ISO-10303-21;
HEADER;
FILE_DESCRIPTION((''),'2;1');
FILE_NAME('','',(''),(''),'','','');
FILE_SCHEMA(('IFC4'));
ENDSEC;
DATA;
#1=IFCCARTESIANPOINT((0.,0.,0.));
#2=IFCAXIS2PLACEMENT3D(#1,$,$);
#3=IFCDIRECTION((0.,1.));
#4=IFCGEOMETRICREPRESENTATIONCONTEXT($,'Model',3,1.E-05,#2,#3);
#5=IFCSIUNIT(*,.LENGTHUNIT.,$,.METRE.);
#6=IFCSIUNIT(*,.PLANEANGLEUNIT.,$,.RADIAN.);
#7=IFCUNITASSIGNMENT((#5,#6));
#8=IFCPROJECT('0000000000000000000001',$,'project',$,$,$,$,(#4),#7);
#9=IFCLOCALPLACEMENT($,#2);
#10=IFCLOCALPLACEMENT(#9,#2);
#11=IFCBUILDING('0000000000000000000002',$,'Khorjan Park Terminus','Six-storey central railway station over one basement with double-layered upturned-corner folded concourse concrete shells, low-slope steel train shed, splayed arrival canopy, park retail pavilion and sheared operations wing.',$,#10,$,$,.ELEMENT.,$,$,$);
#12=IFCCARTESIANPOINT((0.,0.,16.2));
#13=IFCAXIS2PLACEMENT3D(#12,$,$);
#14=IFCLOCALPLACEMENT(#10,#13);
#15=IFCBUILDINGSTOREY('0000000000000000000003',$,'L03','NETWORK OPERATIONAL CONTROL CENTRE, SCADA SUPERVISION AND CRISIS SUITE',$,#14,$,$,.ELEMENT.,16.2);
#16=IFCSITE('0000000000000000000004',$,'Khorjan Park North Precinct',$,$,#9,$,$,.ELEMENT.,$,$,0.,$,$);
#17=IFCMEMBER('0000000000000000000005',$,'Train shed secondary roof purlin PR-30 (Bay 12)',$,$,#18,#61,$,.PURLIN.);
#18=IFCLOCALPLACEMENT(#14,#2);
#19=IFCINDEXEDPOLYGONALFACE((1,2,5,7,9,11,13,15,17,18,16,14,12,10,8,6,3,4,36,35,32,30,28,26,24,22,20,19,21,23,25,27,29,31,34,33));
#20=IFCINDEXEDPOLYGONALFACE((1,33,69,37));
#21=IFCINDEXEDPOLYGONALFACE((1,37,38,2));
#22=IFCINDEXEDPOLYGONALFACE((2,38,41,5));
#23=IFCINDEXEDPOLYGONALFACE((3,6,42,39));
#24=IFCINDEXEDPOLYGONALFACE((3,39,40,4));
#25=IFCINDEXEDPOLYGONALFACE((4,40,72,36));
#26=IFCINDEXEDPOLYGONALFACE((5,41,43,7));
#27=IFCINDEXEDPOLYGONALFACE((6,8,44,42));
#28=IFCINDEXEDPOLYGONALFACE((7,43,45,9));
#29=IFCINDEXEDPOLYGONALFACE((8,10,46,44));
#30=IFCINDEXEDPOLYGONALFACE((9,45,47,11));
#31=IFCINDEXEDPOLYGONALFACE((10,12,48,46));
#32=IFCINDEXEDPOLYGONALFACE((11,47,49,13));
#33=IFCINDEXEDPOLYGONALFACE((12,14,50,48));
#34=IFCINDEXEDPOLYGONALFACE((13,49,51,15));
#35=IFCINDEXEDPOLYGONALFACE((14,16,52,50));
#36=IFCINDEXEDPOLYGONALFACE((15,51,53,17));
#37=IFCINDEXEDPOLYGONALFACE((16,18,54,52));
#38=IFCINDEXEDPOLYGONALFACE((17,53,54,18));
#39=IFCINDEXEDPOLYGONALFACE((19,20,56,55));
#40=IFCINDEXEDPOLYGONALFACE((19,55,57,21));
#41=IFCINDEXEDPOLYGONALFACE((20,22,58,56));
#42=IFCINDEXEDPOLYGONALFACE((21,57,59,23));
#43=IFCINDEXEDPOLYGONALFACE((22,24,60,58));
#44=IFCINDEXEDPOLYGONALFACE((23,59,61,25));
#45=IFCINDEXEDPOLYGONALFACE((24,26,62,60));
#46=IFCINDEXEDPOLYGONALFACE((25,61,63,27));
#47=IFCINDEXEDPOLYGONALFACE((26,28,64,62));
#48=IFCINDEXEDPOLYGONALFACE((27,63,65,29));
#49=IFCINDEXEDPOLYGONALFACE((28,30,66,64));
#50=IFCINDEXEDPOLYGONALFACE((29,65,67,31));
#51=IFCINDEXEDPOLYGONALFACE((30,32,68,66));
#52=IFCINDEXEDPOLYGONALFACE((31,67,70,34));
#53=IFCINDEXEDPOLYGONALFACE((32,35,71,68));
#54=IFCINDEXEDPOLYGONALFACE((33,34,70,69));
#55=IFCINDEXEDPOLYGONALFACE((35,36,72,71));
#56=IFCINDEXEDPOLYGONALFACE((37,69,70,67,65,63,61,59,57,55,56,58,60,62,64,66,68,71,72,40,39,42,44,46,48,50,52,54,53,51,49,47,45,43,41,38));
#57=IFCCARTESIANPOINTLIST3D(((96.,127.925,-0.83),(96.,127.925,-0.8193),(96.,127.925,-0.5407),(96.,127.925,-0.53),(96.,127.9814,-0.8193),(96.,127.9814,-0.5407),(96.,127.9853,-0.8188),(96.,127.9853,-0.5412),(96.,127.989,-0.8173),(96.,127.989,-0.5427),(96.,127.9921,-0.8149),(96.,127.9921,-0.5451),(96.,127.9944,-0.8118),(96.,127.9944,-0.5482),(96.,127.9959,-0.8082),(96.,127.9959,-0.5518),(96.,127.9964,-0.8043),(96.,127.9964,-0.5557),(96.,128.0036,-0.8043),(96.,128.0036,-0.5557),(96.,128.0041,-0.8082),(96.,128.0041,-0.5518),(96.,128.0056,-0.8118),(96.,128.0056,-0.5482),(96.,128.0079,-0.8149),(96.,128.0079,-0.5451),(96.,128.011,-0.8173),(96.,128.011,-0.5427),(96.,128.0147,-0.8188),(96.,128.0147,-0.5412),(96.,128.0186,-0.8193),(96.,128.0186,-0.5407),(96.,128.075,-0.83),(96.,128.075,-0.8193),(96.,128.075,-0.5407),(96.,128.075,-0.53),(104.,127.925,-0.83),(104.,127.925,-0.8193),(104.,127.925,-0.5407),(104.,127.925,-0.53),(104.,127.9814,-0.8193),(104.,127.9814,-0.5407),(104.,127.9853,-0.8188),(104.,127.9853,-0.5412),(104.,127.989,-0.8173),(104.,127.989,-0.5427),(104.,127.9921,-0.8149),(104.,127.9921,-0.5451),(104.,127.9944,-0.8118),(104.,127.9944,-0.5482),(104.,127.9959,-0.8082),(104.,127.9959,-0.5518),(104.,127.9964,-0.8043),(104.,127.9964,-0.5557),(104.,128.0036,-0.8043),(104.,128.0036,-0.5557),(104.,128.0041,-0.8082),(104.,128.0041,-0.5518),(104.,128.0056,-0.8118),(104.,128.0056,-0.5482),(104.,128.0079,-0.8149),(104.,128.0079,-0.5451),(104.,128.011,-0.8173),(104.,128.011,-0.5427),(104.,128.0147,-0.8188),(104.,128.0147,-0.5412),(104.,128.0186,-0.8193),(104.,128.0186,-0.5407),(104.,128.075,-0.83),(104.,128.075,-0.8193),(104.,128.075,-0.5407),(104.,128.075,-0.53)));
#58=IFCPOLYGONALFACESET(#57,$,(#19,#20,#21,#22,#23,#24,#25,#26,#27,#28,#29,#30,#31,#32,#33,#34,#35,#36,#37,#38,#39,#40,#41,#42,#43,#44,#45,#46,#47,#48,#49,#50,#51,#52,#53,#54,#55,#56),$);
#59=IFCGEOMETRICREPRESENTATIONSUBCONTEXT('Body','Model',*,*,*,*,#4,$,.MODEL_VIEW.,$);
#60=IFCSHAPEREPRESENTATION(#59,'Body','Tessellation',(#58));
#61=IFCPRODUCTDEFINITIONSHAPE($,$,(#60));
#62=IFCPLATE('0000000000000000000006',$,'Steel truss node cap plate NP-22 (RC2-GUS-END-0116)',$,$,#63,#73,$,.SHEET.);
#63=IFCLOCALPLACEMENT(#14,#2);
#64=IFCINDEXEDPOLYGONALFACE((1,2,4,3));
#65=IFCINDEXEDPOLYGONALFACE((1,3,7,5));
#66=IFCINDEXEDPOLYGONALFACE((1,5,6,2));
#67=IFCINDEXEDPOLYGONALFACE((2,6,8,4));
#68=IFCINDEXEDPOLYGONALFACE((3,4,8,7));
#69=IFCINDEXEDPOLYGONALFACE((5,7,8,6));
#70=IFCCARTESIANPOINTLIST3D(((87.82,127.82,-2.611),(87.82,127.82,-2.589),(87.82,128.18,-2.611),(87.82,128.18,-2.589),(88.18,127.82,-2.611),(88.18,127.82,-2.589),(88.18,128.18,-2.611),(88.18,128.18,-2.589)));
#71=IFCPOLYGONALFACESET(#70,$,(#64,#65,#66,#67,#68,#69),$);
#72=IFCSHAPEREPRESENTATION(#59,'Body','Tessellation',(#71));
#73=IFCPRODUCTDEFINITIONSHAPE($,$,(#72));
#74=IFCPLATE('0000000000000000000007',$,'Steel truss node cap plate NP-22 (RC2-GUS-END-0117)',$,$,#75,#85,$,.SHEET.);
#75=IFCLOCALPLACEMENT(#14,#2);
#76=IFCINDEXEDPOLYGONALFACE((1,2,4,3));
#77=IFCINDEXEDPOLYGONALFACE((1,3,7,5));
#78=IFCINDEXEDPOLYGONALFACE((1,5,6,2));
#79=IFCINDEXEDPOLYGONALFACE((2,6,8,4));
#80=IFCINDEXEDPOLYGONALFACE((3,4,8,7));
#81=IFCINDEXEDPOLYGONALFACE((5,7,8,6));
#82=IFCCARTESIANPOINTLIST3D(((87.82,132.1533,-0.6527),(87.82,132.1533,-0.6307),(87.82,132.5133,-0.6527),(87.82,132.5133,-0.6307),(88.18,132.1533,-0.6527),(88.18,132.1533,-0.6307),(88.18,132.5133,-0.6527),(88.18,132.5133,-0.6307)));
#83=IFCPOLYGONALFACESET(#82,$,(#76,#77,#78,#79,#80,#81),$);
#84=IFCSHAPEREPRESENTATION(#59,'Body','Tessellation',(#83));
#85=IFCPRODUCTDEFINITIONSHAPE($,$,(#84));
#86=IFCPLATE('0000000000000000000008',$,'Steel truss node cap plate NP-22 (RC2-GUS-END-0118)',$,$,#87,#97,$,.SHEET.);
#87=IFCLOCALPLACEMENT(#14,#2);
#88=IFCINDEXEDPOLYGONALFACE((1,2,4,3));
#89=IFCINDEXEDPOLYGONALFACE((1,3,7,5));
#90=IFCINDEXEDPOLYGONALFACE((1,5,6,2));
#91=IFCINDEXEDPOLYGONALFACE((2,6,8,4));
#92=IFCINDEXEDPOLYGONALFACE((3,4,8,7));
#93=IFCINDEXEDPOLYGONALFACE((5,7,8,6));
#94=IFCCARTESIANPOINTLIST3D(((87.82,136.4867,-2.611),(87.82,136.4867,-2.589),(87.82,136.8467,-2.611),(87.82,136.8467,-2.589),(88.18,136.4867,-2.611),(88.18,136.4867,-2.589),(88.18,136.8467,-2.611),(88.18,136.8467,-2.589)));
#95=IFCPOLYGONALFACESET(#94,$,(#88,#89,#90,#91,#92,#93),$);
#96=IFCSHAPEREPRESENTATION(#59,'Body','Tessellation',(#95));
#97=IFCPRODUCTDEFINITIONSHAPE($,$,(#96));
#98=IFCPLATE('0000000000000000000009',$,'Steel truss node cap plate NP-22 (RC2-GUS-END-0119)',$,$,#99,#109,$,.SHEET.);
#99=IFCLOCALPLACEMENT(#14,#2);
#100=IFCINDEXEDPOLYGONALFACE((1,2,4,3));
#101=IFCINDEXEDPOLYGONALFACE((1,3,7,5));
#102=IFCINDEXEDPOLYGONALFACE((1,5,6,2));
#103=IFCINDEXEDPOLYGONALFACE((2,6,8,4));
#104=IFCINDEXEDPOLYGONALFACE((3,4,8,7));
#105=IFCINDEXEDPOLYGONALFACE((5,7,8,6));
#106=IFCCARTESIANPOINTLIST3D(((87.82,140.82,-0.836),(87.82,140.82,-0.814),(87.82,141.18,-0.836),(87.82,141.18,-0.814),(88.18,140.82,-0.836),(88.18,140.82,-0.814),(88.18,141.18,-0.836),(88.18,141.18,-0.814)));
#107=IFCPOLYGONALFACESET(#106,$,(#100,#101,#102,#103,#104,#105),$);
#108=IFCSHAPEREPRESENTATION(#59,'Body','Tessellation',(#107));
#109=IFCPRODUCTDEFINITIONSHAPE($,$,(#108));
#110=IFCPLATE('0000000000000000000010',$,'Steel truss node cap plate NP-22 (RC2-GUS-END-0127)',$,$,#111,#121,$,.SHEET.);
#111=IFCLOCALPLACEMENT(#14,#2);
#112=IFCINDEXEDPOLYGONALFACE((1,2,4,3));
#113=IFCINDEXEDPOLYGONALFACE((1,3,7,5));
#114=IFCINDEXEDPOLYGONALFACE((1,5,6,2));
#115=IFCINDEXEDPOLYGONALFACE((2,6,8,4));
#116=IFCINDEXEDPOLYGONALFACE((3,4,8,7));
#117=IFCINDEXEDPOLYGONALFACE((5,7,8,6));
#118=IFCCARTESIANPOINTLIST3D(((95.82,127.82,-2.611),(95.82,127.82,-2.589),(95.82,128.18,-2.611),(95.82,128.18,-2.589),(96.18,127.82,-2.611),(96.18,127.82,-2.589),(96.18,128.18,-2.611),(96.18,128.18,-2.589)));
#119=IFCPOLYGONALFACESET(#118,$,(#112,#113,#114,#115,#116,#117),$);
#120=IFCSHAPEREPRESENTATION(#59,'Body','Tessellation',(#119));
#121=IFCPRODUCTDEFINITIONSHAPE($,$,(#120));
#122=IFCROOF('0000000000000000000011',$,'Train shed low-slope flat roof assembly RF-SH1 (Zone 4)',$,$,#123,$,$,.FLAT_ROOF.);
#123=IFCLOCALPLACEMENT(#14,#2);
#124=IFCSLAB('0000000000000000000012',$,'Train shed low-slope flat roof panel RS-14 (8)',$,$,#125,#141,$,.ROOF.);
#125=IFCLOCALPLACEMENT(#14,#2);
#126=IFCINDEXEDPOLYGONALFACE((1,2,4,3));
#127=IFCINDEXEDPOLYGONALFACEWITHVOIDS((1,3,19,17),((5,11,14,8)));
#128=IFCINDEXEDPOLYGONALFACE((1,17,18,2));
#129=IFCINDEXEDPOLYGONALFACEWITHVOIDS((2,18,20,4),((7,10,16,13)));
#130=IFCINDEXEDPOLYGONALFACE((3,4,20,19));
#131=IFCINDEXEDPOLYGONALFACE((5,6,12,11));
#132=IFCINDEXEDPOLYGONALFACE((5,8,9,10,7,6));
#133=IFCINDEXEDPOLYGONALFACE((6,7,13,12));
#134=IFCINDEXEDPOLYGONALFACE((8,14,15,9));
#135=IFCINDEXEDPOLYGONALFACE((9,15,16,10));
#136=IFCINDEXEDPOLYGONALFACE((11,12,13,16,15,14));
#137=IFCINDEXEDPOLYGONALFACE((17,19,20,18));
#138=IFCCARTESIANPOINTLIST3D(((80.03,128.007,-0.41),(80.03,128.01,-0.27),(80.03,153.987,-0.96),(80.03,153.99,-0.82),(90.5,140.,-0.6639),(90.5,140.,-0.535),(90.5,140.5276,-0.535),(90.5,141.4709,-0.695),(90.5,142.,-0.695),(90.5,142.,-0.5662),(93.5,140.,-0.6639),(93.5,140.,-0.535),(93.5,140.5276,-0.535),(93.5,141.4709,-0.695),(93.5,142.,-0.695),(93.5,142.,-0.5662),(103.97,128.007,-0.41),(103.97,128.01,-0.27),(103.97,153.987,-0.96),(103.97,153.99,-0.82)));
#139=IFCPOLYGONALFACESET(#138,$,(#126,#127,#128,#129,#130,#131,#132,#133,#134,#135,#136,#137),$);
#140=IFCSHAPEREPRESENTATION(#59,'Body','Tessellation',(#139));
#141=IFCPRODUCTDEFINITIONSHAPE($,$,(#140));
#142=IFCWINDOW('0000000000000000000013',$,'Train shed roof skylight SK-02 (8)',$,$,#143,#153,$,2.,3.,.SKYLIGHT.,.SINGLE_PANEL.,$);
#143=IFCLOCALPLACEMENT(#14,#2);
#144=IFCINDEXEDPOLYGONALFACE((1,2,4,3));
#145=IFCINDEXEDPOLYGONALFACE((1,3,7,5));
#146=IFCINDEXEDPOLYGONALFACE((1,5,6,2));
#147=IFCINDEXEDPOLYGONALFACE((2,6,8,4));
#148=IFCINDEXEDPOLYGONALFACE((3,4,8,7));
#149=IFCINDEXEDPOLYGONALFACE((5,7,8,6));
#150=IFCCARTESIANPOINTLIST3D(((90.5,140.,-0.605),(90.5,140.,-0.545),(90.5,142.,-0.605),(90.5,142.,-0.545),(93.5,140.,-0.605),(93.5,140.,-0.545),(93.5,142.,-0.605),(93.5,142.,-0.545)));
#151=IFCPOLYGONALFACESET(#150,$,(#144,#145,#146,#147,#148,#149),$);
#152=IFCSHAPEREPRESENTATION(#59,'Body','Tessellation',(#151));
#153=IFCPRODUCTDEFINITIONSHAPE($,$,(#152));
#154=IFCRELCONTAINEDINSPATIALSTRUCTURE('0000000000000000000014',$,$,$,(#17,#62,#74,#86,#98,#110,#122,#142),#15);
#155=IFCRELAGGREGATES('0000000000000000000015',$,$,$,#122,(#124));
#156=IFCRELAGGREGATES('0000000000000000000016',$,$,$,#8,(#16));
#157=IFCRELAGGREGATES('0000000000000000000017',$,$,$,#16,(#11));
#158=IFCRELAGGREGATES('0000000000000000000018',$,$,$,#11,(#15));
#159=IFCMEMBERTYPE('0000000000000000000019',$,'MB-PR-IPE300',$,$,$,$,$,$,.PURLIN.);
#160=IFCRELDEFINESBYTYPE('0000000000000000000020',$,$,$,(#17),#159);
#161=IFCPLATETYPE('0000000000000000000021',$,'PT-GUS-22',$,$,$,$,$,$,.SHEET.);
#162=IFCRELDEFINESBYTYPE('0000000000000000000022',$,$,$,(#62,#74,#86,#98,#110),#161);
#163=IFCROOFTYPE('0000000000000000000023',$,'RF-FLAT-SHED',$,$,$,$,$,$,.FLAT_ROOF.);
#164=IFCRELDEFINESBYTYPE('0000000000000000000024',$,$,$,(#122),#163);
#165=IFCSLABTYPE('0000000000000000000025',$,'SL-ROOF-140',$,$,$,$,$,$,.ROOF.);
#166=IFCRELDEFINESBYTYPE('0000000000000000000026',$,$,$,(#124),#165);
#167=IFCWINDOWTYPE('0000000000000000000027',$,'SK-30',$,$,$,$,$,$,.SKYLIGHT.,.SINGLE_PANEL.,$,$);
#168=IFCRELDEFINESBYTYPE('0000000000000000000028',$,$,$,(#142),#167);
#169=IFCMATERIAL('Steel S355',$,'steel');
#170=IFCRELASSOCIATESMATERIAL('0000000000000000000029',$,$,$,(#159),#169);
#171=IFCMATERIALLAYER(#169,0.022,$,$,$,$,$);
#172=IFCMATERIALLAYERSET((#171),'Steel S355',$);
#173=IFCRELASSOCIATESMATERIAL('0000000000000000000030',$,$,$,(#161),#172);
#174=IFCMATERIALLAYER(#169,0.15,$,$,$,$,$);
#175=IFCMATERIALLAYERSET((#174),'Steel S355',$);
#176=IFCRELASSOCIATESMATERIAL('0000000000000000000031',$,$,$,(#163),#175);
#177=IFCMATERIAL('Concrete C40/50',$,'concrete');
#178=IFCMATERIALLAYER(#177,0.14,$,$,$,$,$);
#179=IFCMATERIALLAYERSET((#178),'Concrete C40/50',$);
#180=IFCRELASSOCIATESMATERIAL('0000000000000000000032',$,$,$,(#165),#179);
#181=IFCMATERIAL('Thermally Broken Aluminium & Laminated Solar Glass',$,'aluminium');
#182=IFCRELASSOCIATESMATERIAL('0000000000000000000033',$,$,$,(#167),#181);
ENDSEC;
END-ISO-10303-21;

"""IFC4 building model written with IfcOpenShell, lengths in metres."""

from ifc_helpers import new_model, si_unit, direction, frame, origin, origin_2d, place, context, subcontext, project, spatial, polyline, rectangle, i_section, outline, extrude, material, layer, layer_set, material_profile, profile_set, type_object, element, fill, aggregate, save


model = new_model("IFC4")

# Units and contexts
model_context = context("Model", 3, precision=1e-05, world=origin(), true_north=direction((0.0, 1.0)))
body_context = subcontext(model_context, "Body", "Model", "MODEL_VIEW")
ifc_project = project(units=[si_unit("LENGTHUNIT", "METRE"), si_unit("PLANEANGLEUNIT", "RADIAN")], contexts=[model_context])

# Site, building, storey
site_placement = place(None, origin())
site = spatial("IfcSite", under=ifc_project, at=site_placement, Name="Khorjan Park North Precinct", CompositionType="ELEMENT", RefElevation=0.0)
building_placement = place(site_placement, origin())
building = spatial("IfcBuilding", under=site, at=building_placement, Name="Khorjan Park Terminus", Description="Six-storey central railway station over one basement with double-layered upturned-corner folded concourse concrete shells, low-slope steel train shed, splayed arrival canopy, park retail pavilion and sheared operations wing.", CompositionType="ELEMENT")
storey_placement = place(building_placement, frame((0.0, 0.0, 16.2)))
storey = spatial("IfcBuildingStorey", under=building, at=storey_placement, Name="L03", Description="NETWORK OPERATIONAL CONTROL CENTRE, SCADA SUPERVISION AND CRISIS SUITE", CompositionType="ELEMENT", Elevation=16.2)

# Member
ifc_material_1 = material(Name="Steel S355", Category="steel")
ifc_material_profile_1 = material_profile(ifc_material_1, i_section(OverallWidth=0.15, OverallDepth=0.3, WebThickness=0.0071, FlangeThickness=0.0107, FilletRadius=0.015, at=origin_2d()), Name="IPE 300")
ifc_profile_set_1 = profile_set([ifc_material_profile_1], Name="Steel S355")
member_type_1 = type_object("IfcMemberType", Name="MB-PR-IPE300", PredefinedType="PURLIN", material=ifc_profile_set_1)
member_1_placement = place(storey_placement, frame((96.0, 128.0, -0.68), z_axis=(1.0, 0.0, 0.0), x_axis=(0.0, 1.0, 0.0)))
element("IfcMember", 1, at=member_1_placement, inside=storey, type_object=member_type_1, Name="Train shed secondary roof purlin PR-30 (Bay 12)", PredefinedType="PURLIN", context=body_context, shape_type="SweptSolid", body=[
    extrude(i_section(OverallWidth=0.15, OverallDepth=0.3, WebThickness=0.0071, FlangeThickness=0.0107, FilletRadius=0.015, at=origin_2d()), origin(), (0.0, 0.0, 1.0), 8.0),
])

# Plates
ifc_layer_1 = layer(ifc_material_1, 0.022)
ifc_layer_set_1 = layer_set([ifc_layer_1], Name="Steel S355")
plate_type = type_object("IfcPlateType", Name="PT-GUS-22", PredefinedType="SHEET", material=ifc_layer_set_1)
for number, where, z_axis, x_axis, name in (
    (2, (88.0, 128.0, -2.611), (0.0, 0.0, 1.0), (1.0, 0.0, 0.0), "Steel truss node cap plate NP-22 (RC2-GUS-END-0116)"),
    (3, (88.0, 132.3333, -0.6527), (0.0, 0.0, 1.0), (1.0, 0.0, 0.0), "Steel truss node cap plate NP-22 (RC2-GUS-END-0117)"),
    (4, (88.0, 136.6667, -2.611), (0.0, 0.0, 1.0), (1.0, 0.0, 0.0), "Steel truss node cap plate NP-22 (RC2-GUS-END-0118)"),
    (5, (88.0, 141.0, -0.836), (0.0, 0.0, 1.0), (1.0, 0.0, 0.0), "Steel truss node cap plate NP-22 (RC2-GUS-END-0119)"),
    (6, (96.0, 128.0, -2.611), (0.0, 0.0, 1.0), (1.0, 0.0, 0.0), "Steel truss node cap plate NP-22 (RC2-GUS-END-0127)"),
):
    element("IfcPlate", number, at=place(storey_placement, frame(where, z_axis=z_axis, x_axis=x_axis)), inside=storey, type_object=plate_type, Name=name, PredefinedType="SHEET", context=body_context, shape_type="SweptSolid", body=[
        extrude(rectangle(XDim=0.36, YDim=0.36, at=origin_2d()), origin(), (0.0, 0.0, 1.0), 0.022),
    ])

# Roof, slab, opening, window
ifc_layer_2 = layer(ifc_material_1, 0.15)
ifc_layer_set_2 = layer_set([ifc_layer_2], Name="Steel S355")
roof_type = type_object("IfcRoofType", Name="RF-FLAT-SHED", PredefinedType="FLAT_ROOF", material=ifc_layer_set_2)
roof_placement = place(storey_placement, origin())
roof = element("IfcRoof", 7, at=roof_placement, inside=storey, type_object=roof_type, Name="Train shed low-slope flat roof assembly RF-SH1 (Zone 4)", PredefinedType="FLAT_ROOF")
ifc_material_2 = material(Name="Concrete C40/50", Category="concrete")
ifc_layer_3 = layer(ifc_material_2, 0.14)
ifc_layer_set_3 = layer_set([ifc_layer_3], Name="Concrete C40/50")
slab_type = type_object("IfcSlabType", Name="SL-ROOF-140", PredefinedType="ROOF", material=ifc_layer_set_3)
slab_placement = place(storey_placement, frame((80.03, 128.01, -0.27), z_axis=(0.0, 0.021165, 0.999776), x_axis=(1.0, 0.0, 0.0)))
slab = element("IfcSlab", 8, at=slab_placement, type_object=slab_type, Name="Train shed low-slope flat roof panel RS-14 (8)", PredefinedType="ROOF", context=body_context, shape_type="SweptSolid", body=[
    extrude(outline(polyline([(0.0, 0.0), (23.94, 0.0), (23.94, 25.9858), (0.0, 25.9858), (0.0, 0.0)])), origin(), (0.0, 0.0, -1.0), 0.14),
])
opening_placement = place(storey_placement, frame((92.0, 141.0, -0.685), z_axis=(0.0, 0.0, 1.0), x_axis=(1.0, 0.0, 0.0)))
opening = element("IfcOpeningElement", 9, at=opening_placement, cuts=slab, PredefinedType="OPENING", context=body_context, shape_type="SweptSolid", body=[
    extrude(rectangle(XDim=3.0, YDim=2.0, at=origin_2d()), frame((0.0, 0.0, -0.01)), (0.0, 0.0, 1.0), 0.16),
])
ifc_material_3 = material(Name="Thermally Broken Aluminium & Laminated Solar Glass", Category="aluminium")
window_type = type_object("IfcWindowType", Name="SK-30", PartitioningType="SINGLE_PANEL", PredefinedType="SKYLIGHT", material=ifc_material_3)
window_placement = place(opening_placement, frame((0.0, 0.0, 0.08)))
window = element("IfcWindow", 10, at=window_placement, inside=storey, type_object=window_type, Name="Train shed roof skylight SK-02 (8)", OverallHeight=2.0, OverallWidth=3.0, PartitioningType="SINGLE_PANEL", PredefinedType="SKYLIGHT", context=body_context, shape_type="SweptSolid", body=[
    extrude(rectangle(XDim=3.0, YDim=2.0, at=origin_2d()), origin(), (0.0, 0.0, 1.0), 0.06),
])
fill(opening, window)
aggregate(roof, [slab])

save(model, "model.ifc")
